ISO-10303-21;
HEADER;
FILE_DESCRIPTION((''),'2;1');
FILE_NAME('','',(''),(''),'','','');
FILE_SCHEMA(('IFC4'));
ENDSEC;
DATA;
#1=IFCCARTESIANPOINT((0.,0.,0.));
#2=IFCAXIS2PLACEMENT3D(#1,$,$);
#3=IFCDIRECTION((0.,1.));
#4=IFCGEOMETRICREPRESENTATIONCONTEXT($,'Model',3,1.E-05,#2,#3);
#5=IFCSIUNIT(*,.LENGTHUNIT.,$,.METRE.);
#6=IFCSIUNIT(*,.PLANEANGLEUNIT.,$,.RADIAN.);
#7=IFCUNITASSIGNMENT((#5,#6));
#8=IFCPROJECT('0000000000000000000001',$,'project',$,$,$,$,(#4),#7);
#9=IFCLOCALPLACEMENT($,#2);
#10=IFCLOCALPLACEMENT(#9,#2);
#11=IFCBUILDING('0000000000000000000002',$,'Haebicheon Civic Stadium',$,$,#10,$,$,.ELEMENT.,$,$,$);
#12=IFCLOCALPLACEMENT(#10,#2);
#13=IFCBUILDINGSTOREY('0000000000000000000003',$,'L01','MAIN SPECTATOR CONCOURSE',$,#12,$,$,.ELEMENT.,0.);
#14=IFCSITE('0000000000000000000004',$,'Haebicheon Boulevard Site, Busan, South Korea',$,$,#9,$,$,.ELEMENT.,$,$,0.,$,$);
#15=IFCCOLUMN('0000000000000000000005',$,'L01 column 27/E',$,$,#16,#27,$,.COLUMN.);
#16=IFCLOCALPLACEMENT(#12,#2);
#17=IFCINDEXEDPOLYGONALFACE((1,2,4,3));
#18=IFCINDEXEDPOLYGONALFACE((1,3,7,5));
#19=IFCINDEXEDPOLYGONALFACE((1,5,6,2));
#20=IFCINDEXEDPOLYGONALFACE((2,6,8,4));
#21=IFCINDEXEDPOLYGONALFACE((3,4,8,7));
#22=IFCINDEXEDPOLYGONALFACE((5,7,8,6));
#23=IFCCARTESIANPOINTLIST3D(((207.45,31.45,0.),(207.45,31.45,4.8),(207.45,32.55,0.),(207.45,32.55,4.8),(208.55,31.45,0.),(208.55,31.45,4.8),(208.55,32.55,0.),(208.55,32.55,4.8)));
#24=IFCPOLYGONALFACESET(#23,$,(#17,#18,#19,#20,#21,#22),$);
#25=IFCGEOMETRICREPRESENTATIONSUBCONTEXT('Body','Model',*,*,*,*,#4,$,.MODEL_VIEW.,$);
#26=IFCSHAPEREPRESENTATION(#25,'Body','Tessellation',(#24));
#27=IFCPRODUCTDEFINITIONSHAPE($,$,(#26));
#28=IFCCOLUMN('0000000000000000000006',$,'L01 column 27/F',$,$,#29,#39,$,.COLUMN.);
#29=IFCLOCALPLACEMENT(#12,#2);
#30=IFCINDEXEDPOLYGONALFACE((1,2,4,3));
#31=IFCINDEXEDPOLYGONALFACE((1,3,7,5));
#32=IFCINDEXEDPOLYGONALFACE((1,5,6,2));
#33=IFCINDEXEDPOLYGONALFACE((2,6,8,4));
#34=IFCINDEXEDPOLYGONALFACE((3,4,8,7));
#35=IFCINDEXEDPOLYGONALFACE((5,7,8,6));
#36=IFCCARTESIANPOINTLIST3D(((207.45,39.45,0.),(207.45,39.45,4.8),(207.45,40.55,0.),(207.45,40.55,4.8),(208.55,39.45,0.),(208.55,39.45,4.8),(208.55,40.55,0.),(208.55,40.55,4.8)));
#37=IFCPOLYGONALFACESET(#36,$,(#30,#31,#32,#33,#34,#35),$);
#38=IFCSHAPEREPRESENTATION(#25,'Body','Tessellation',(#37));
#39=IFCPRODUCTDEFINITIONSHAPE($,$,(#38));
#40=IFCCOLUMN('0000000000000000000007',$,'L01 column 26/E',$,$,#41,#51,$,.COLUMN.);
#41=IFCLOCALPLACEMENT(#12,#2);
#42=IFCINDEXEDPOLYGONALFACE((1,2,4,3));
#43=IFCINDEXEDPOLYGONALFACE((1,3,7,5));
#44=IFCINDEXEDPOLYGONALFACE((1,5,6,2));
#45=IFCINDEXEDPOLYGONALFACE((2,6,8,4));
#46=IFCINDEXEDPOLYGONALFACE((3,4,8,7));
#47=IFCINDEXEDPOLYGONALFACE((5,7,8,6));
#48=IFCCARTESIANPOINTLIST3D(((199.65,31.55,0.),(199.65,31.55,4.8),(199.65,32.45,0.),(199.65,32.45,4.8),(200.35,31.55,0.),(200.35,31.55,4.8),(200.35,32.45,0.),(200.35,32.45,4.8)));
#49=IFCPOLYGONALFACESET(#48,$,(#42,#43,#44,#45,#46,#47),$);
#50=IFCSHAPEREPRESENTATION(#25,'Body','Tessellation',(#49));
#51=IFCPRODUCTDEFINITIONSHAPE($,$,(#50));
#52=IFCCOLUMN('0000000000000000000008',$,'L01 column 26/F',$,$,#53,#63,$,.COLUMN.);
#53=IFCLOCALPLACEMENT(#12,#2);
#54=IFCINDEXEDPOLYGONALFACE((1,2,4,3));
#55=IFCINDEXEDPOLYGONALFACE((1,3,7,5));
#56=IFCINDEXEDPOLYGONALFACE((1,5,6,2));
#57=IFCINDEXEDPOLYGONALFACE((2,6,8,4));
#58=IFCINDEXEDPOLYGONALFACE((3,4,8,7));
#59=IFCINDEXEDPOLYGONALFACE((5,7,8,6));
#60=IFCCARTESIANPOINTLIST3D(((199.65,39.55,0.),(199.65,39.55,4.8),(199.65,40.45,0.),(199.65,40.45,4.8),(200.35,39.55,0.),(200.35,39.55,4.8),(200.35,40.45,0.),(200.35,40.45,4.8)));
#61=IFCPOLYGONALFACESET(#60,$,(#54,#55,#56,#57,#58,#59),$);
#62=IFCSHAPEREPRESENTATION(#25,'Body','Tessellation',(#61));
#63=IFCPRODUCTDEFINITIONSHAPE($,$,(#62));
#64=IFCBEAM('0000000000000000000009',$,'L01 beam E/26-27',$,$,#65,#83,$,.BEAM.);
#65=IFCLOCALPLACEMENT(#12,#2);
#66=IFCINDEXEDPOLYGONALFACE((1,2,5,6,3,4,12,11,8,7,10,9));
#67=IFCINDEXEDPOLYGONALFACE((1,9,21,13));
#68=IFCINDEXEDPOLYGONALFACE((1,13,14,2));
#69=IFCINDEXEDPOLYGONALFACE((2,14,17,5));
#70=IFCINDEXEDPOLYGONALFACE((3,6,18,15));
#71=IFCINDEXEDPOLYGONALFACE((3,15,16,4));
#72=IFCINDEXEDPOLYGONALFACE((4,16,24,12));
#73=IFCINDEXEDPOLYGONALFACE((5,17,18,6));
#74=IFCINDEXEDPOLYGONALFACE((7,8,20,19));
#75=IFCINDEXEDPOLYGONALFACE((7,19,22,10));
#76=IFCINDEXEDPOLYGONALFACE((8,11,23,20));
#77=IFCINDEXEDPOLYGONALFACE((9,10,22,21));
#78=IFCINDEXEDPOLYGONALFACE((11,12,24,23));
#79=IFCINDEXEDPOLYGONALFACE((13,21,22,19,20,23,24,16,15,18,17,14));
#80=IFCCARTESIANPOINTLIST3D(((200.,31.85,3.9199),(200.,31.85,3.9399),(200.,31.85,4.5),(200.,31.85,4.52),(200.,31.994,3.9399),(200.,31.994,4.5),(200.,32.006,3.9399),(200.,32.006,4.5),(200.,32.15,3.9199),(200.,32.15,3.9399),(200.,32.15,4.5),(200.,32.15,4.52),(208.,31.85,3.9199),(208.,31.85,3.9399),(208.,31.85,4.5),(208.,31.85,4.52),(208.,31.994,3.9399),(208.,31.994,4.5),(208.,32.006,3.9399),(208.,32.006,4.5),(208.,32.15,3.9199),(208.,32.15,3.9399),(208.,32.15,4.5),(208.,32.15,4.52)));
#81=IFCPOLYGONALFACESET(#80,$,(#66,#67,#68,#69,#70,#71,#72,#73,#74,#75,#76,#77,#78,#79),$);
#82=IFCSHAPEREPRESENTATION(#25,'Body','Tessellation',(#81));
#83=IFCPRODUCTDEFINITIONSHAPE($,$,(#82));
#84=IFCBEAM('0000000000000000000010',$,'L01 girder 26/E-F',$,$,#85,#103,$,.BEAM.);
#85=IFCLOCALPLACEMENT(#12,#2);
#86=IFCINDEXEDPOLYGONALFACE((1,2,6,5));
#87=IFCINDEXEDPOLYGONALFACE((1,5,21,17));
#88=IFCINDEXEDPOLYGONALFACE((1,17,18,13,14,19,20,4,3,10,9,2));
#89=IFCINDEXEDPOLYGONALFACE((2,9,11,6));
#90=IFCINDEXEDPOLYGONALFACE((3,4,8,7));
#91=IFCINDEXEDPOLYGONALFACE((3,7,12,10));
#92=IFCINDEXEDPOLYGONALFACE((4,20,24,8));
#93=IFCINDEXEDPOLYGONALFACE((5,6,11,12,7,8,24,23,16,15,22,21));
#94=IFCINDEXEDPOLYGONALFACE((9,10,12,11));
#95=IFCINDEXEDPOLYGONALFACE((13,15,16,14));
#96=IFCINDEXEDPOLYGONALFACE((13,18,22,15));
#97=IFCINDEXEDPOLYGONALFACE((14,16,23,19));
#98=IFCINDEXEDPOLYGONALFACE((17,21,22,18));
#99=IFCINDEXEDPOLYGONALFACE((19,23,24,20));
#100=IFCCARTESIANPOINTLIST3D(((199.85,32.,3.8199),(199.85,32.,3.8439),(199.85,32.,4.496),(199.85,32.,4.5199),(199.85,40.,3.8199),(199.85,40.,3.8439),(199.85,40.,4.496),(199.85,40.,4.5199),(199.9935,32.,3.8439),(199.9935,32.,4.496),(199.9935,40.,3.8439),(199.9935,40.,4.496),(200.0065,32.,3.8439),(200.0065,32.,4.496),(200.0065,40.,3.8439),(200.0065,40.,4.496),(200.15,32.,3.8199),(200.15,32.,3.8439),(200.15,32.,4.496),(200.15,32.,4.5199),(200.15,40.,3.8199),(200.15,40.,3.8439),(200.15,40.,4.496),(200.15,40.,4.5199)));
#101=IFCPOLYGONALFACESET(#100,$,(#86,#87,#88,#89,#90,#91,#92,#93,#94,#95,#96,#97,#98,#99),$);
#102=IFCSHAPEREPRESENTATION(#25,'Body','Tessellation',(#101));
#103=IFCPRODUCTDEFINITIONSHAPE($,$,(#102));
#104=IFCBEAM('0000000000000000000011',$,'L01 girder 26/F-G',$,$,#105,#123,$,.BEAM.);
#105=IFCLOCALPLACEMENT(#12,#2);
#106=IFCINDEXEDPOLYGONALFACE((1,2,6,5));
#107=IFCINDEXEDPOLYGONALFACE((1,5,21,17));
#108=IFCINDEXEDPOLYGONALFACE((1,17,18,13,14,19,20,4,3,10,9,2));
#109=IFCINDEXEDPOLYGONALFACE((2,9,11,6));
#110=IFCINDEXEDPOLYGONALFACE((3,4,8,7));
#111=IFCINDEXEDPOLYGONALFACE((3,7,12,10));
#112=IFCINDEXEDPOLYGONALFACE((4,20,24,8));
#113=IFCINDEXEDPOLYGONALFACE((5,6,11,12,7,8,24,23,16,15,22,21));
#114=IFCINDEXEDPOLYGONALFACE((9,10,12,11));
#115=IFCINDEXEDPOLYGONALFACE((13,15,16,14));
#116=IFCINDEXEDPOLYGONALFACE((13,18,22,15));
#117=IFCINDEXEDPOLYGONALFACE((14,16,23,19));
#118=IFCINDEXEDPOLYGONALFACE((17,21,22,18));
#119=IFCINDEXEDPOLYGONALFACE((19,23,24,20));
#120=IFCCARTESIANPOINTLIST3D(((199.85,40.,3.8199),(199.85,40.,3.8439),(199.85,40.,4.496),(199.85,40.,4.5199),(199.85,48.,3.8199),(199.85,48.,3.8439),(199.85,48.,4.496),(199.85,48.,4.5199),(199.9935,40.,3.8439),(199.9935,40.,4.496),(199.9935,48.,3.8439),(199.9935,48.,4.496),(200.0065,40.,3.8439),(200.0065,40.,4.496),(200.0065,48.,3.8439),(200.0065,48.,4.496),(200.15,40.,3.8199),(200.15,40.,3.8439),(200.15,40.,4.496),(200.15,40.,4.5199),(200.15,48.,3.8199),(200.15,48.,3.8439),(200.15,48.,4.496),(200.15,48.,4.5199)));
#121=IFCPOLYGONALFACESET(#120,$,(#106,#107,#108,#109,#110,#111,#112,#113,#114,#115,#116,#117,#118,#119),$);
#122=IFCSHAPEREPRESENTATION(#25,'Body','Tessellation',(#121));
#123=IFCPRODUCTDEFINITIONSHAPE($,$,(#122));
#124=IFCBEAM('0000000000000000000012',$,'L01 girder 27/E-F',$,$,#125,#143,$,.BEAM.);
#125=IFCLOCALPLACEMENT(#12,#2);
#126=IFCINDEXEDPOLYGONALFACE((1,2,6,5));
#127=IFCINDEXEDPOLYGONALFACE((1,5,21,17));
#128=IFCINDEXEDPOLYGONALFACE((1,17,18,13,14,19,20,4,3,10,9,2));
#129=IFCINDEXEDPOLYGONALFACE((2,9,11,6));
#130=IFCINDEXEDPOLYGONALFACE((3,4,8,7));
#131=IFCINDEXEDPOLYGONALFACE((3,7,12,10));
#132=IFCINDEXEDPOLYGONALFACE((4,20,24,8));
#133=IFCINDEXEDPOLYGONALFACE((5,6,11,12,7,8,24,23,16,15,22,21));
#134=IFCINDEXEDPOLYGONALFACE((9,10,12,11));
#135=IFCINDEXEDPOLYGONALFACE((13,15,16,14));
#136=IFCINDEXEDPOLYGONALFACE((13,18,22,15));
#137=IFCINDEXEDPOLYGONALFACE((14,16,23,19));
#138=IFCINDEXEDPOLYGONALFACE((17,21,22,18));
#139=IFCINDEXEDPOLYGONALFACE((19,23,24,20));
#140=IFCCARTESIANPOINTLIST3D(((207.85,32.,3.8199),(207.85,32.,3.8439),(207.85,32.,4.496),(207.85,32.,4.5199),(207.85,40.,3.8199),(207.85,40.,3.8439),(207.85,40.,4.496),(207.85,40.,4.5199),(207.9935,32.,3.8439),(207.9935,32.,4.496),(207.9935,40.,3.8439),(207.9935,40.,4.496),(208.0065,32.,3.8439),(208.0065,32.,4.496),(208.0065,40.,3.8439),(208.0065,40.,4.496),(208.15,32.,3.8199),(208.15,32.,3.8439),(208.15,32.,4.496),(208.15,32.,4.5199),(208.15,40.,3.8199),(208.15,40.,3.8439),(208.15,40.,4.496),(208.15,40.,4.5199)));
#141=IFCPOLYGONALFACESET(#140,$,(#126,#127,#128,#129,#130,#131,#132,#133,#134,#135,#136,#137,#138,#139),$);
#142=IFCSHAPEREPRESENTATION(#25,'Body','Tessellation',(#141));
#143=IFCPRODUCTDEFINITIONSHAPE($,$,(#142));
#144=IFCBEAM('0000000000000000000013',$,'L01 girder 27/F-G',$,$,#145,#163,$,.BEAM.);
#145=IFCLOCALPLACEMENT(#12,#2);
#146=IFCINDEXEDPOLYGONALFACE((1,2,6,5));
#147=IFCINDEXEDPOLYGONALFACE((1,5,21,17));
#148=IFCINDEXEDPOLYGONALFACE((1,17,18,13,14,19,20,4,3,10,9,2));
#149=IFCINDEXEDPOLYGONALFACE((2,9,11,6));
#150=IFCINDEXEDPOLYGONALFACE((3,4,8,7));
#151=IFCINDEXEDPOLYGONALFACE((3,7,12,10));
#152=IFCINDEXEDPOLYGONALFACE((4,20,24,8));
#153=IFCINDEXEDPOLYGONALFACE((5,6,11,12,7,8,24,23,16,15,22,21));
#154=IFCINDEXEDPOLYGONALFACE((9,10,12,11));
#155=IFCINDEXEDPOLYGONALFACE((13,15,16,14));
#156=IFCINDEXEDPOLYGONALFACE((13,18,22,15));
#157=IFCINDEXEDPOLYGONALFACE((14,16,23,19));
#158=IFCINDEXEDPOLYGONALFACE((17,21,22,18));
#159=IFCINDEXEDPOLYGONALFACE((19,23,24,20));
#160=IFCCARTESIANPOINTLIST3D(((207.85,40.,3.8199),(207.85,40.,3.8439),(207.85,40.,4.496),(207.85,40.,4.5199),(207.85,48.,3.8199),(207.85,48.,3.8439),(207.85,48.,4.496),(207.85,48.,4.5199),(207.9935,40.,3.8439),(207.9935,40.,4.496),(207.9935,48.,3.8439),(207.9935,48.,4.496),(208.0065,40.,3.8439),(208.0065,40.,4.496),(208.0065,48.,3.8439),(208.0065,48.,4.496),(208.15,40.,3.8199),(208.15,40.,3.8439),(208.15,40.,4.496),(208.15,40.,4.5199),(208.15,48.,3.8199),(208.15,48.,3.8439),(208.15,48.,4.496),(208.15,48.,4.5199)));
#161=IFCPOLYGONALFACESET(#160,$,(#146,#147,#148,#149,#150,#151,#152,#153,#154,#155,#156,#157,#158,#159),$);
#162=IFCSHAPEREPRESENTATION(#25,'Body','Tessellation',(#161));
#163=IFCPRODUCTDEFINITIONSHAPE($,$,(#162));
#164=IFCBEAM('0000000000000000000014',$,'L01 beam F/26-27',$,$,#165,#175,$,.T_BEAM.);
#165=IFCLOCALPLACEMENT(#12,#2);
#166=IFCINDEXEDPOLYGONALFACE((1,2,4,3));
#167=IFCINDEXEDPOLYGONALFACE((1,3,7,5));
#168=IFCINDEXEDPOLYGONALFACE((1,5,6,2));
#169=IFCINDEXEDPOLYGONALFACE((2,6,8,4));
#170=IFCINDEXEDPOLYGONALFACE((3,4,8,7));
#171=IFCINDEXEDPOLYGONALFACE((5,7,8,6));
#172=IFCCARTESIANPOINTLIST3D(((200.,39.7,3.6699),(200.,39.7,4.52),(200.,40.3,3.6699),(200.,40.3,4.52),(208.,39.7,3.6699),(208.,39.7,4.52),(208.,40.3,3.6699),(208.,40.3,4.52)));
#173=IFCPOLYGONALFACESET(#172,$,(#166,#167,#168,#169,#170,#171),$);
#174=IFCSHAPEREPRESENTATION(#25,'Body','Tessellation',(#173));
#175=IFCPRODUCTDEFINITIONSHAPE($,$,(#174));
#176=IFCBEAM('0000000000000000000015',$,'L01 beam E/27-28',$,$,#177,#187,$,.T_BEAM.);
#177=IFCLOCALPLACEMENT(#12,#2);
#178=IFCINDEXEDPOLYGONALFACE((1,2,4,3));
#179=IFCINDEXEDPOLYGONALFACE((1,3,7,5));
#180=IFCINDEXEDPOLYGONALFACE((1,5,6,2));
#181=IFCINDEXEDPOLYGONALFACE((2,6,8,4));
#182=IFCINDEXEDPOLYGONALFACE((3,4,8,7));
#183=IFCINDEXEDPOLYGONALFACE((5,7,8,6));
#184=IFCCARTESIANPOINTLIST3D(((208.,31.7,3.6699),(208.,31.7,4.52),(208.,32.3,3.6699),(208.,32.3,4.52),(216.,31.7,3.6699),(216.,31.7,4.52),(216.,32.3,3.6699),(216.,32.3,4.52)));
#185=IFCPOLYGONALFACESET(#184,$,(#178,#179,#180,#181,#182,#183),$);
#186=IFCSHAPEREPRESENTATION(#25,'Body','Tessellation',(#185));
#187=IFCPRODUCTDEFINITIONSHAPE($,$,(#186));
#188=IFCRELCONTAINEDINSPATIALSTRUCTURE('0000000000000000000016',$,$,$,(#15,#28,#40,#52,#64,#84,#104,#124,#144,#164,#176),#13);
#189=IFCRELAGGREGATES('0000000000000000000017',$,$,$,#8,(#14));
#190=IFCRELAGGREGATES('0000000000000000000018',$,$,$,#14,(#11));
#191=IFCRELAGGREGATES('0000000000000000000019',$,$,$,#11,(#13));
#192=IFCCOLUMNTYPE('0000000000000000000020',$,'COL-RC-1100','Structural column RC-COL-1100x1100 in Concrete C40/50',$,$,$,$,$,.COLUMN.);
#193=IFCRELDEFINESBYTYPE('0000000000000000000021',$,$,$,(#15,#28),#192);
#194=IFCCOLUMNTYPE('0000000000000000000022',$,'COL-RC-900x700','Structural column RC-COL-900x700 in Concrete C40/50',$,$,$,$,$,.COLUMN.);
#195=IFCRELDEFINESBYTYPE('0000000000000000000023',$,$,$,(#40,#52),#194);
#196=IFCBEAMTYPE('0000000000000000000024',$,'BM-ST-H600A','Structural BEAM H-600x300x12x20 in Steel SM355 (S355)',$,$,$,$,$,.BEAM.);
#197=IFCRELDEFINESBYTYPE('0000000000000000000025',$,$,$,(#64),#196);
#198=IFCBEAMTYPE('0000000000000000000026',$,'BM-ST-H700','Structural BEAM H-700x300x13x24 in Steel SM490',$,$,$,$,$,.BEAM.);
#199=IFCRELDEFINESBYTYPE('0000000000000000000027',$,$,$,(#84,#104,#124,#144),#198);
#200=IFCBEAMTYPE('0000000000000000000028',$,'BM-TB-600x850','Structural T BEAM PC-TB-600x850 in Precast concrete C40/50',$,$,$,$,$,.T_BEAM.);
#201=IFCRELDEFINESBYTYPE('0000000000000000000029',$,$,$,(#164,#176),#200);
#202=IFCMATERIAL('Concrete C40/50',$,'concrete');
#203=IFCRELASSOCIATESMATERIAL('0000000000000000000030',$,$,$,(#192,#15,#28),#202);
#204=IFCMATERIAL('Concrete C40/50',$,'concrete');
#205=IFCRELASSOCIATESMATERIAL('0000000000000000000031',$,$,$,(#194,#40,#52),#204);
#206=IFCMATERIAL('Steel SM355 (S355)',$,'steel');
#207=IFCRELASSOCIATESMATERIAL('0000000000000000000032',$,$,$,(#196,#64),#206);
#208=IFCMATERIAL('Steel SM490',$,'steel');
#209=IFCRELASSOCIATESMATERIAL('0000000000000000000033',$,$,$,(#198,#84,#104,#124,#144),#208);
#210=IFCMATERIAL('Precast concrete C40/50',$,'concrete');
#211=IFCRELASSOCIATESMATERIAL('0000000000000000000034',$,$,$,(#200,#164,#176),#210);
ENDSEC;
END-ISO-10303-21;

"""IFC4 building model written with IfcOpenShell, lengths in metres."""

from ifc_helpers import new_model, si_unit, direction, frame, origin, origin_2d, place, context, subcontext, project, spatial, rectangle, i_section, extrude, material, material_profile, profile_set, type_object, element, save


model = new_model("IFC4")

# Units and contexts
model_context = context("Model", 3, precision=1e-05, world=origin(), true_north=direction((0.0, 1.0)))
body_context = subcontext(model_context, "Body", "Model", "MODEL_VIEW")
ifc_project = project(units=[si_unit("LENGTHUNIT", "METRE"), si_unit("PLANEANGLEUNIT", "RADIAN")], contexts=[model_context])

# Site, building, storey
site_placement = place(None, origin())
site = spatial("IfcSite", under=ifc_project, at=site_placement, Name="Haebicheon Boulevard Site, Busan, South Korea", CompositionType="ELEMENT", RefElevation=0.0)
building_placement = place(site_placement, origin())
building = spatial("IfcBuilding", under=site, at=building_placement, Name="Haebicheon Civic Stadium", CompositionType="ELEMENT")
storey_placement = place(building_placement, origin())
storey = spatial("IfcBuildingStorey", under=building, at=storey_placement, Name="L01", Description="MAIN SPECTATOR CONCOURSE", CompositionType="ELEMENT", Elevation=0.0)

# Columns
ifc_material_1 = material(Name="Concrete C40/50", Category="concrete")
ifc_material_profile_1 = material_profile(ifc_material_1, rectangle(XDim=1.1001, YDim=1.1001, at=origin_2d()), Name="RC-COL-1100x1100")
ifc_profile_set_1 = profile_set([ifc_material_profile_1], Name="Concrete C40/50")
column_type_1 = type_object("IfcColumnType", Name="COL-RC-1100", Description="Structural column RC-COL-1100x1100 in Concrete C40/50", PredefinedType="COLUMN", material=ifc_profile_set_1)
for number, where, z_axis, x_axis, name in (
    (1, (208.0, 32.0, 0.0), (0.0, 0.0, 1.0), (1.0, 0.0, 0.0), "L01 column 27/E"),
    (2, (208.0, 40.0, 0.0), (0.0, 0.0, 1.0), (1.0, 0.0, 0.0), "L01 column 27/F"),
):
    element("IfcColumn", number, at=place(storey_placement, frame(where, z_axis=z_axis, x_axis=x_axis)), inside=storey, type_object=column_type_1, material=ifc_profile_set_1, Name=name, PredefinedType="COLUMN", context=body_context, shape_type="SweptSolid", body=[
        extrude(rectangle(XDim=1.1001, YDim=1.1001, at=origin_2d()), origin(), (0.0, 0.0, 1.0), 4.8),
    ])
ifc_material_2 = material(Name="Concrete C40/50", Category="concrete")
ifc_material_profile_2 = material_profile(ifc_material_2, rectangle(XDim=0.7, YDim=0.8999, at=origin_2d()), Name="RC-COL-900x700")
ifc_profile_set_2 = profile_set([ifc_material_profile_2], Name="Concrete C40/50")
column_type_2 = type_object("IfcColumnType", Name="COL-RC-900x700", Description="Structural column RC-COL-900x700 in Concrete C40/50", PredefinedType="COLUMN", material=ifc_profile_set_2)
for number, where, z_axis, x_axis, name in (
    (3, (200.0, 32.0, 0.0), (0.0, 0.0, 1.0), (1.0, 0.0, 0.0), "L01 column 26/E"),
    (4, (200.0, 40.0, 0.0), (0.0, 0.0, 1.0), (1.0, 0.0, 0.0), "L01 column 26/F"),
):
    element("IfcColumn", number, at=place(storey_placement, frame(where, z_axis=z_axis, x_axis=x_axis)), inside=storey, type_object=column_type_2, material=ifc_profile_set_2, Name=name, PredefinedType="COLUMN", context=body_context, shape_type="SweptSolid", body=[
        extrude(rectangle(XDim=0.7, YDim=0.8999, at=origin_2d()), origin(), (0.0, 0.0, 1.0), 4.8),
    ])

# Beams
ifc_material_3 = material(Name="Steel SM355 (S355)", Category="steel")
ifc_material_profile_3 = material_profile(ifc_material_3, i_section(OverallWidth=0.3, OverallDepth=0.6001, WebThickness=0.012, FlangeThickness=0.02, at=origin_2d()), Name="H-600x300x12x20")
ifc_profile_set_3 = profile_set([ifc_material_profile_3], Name="Steel SM355 (S355)")
beam_type_1 = type_object("IfcBeamType", Name="BM-ST-H600A", Description="Structural BEAM H-600x300x12x20 in Steel SM355 (S355)", PredefinedType="BEAM", material=ifc_profile_set_3)
beam_placement = place(storey_placement, frame((200.0, 32.0, 4.22), z_axis=(1.0, 0.0, 0.0), x_axis=(0.0, 1.0, 0.0)))
element("IfcBeam", 5, at=beam_placement, inside=storey, type_object=beam_type_1, material=ifc_profile_set_3, Name="L01 beam E/26-27", PredefinedType="BEAM", context=body_context, shape_type="SweptSolid", body=[
    extrude(i_section(OverallWidth=0.3, OverallDepth=0.6001, WebThickness=0.012, FlangeThickness=0.02, at=origin_2d()), origin(), (0.0, 0.0, 1.0), 8.0),
])
ifc_material_4 = material(Name="Steel SM490", Category="steel")
ifc_material_profile_4 = material_profile(ifc_material_4, i_section(OverallWidth=0.3, OverallDepth=0.7, WebThickness=0.0129, FlangeThickness=0.0239, at=origin_2d()), Name="H-700x300x13x24")
ifc_profile_set_4 = profile_set([ifc_material_profile_4], Name="Steel SM490")
beam_type_2 = type_object("IfcBeamType", Name="BM-ST-H700", Description="Structural BEAM H-700x300x13x24 in Steel SM490", PredefinedType="BEAM", material=ifc_profile_set_4)
for number, where, z_axis, x_axis, name in (
    (6, (200.0, 32.0, 4.1699), (0.0, 1.0, 0.0), (-1.0, 0.0, 0.0), "L01 girder 26/E-F"),
    (7, (200.0, 40.0, 4.1699), (0.0, 1.0, 0.0), (-1.0, 0.0, 0.0), "L01 girder 26/F-G"),
    (8, (208.0, 32.0, 4.1699), (0.0, 1.0, 0.0), (-1.0, 0.0, 0.0), "L01 girder 27/E-F"),
    (9, (208.0, 40.0, 4.1699), (0.0, 1.0, 0.0), (-1.0, 0.0, 0.0), "L01 girder 27/F-G"),
):
    element("IfcBeam", number, at=place(storey_placement, frame(where, z_axis=z_axis, x_axis=x_axis)), inside=storey, type_object=beam_type_2, material=ifc_profile_set_4, Name=name, PredefinedType="BEAM", context=body_context, shape_type="SweptSolid", body=[
        extrude(i_section(OverallWidth=0.3, OverallDepth=0.7, WebThickness=0.0129, FlangeThickness=0.0239, at=origin_2d()), origin(), (0.0, 0.0, 1.0), 8.0),
    ])
ifc_material_5 = material(Name="Precast concrete C40/50", Category="concrete")
ifc_material_profile_5 = material_profile(ifc_material_5, rectangle(XDim=0.6001, YDim=0.8501, at=origin_2d()), Name="PC-TB-600x850")
ifc_profile_set_5 = profile_set([ifc_material_profile_5], Name="Precast concrete C40/50")
beam_type_3 = type_object("IfcBeamType", Name="BM-TB-600x850", Description="Structural T BEAM PC-TB-600x850 in Precast concrete C40/50", PredefinedType="T_BEAM", material=ifc_profile_set_5)
for number, where, z_axis, x_axis, name in (
    (10, (200.0, 40.0, 4.095), (1.0, 0.0, 0.0), (0.0, 1.0, 0.0), "L01 beam F/26-27"),
    (11, (208.0, 32.0, 4.095), (1.0, 0.0, 0.0), (0.0, 1.0, 0.0), "L01 beam E/27-28"),
):
    element("IfcBeam", number, at=place(storey_placement, frame(where, z_axis=z_axis, x_axis=x_axis)), inside=storey, type_object=beam_type_3, material=ifc_profile_set_5, Name=name, PredefinedType="T_BEAM", context=body_context, shape_type="SweptSolid", body=[
        extrude(rectangle(XDim=0.6001, YDim=0.8501, at=origin_2d()), origin(), (0.0, 0.0, 1.0), 8.0),
    ])

save(model, "model.ifc")
